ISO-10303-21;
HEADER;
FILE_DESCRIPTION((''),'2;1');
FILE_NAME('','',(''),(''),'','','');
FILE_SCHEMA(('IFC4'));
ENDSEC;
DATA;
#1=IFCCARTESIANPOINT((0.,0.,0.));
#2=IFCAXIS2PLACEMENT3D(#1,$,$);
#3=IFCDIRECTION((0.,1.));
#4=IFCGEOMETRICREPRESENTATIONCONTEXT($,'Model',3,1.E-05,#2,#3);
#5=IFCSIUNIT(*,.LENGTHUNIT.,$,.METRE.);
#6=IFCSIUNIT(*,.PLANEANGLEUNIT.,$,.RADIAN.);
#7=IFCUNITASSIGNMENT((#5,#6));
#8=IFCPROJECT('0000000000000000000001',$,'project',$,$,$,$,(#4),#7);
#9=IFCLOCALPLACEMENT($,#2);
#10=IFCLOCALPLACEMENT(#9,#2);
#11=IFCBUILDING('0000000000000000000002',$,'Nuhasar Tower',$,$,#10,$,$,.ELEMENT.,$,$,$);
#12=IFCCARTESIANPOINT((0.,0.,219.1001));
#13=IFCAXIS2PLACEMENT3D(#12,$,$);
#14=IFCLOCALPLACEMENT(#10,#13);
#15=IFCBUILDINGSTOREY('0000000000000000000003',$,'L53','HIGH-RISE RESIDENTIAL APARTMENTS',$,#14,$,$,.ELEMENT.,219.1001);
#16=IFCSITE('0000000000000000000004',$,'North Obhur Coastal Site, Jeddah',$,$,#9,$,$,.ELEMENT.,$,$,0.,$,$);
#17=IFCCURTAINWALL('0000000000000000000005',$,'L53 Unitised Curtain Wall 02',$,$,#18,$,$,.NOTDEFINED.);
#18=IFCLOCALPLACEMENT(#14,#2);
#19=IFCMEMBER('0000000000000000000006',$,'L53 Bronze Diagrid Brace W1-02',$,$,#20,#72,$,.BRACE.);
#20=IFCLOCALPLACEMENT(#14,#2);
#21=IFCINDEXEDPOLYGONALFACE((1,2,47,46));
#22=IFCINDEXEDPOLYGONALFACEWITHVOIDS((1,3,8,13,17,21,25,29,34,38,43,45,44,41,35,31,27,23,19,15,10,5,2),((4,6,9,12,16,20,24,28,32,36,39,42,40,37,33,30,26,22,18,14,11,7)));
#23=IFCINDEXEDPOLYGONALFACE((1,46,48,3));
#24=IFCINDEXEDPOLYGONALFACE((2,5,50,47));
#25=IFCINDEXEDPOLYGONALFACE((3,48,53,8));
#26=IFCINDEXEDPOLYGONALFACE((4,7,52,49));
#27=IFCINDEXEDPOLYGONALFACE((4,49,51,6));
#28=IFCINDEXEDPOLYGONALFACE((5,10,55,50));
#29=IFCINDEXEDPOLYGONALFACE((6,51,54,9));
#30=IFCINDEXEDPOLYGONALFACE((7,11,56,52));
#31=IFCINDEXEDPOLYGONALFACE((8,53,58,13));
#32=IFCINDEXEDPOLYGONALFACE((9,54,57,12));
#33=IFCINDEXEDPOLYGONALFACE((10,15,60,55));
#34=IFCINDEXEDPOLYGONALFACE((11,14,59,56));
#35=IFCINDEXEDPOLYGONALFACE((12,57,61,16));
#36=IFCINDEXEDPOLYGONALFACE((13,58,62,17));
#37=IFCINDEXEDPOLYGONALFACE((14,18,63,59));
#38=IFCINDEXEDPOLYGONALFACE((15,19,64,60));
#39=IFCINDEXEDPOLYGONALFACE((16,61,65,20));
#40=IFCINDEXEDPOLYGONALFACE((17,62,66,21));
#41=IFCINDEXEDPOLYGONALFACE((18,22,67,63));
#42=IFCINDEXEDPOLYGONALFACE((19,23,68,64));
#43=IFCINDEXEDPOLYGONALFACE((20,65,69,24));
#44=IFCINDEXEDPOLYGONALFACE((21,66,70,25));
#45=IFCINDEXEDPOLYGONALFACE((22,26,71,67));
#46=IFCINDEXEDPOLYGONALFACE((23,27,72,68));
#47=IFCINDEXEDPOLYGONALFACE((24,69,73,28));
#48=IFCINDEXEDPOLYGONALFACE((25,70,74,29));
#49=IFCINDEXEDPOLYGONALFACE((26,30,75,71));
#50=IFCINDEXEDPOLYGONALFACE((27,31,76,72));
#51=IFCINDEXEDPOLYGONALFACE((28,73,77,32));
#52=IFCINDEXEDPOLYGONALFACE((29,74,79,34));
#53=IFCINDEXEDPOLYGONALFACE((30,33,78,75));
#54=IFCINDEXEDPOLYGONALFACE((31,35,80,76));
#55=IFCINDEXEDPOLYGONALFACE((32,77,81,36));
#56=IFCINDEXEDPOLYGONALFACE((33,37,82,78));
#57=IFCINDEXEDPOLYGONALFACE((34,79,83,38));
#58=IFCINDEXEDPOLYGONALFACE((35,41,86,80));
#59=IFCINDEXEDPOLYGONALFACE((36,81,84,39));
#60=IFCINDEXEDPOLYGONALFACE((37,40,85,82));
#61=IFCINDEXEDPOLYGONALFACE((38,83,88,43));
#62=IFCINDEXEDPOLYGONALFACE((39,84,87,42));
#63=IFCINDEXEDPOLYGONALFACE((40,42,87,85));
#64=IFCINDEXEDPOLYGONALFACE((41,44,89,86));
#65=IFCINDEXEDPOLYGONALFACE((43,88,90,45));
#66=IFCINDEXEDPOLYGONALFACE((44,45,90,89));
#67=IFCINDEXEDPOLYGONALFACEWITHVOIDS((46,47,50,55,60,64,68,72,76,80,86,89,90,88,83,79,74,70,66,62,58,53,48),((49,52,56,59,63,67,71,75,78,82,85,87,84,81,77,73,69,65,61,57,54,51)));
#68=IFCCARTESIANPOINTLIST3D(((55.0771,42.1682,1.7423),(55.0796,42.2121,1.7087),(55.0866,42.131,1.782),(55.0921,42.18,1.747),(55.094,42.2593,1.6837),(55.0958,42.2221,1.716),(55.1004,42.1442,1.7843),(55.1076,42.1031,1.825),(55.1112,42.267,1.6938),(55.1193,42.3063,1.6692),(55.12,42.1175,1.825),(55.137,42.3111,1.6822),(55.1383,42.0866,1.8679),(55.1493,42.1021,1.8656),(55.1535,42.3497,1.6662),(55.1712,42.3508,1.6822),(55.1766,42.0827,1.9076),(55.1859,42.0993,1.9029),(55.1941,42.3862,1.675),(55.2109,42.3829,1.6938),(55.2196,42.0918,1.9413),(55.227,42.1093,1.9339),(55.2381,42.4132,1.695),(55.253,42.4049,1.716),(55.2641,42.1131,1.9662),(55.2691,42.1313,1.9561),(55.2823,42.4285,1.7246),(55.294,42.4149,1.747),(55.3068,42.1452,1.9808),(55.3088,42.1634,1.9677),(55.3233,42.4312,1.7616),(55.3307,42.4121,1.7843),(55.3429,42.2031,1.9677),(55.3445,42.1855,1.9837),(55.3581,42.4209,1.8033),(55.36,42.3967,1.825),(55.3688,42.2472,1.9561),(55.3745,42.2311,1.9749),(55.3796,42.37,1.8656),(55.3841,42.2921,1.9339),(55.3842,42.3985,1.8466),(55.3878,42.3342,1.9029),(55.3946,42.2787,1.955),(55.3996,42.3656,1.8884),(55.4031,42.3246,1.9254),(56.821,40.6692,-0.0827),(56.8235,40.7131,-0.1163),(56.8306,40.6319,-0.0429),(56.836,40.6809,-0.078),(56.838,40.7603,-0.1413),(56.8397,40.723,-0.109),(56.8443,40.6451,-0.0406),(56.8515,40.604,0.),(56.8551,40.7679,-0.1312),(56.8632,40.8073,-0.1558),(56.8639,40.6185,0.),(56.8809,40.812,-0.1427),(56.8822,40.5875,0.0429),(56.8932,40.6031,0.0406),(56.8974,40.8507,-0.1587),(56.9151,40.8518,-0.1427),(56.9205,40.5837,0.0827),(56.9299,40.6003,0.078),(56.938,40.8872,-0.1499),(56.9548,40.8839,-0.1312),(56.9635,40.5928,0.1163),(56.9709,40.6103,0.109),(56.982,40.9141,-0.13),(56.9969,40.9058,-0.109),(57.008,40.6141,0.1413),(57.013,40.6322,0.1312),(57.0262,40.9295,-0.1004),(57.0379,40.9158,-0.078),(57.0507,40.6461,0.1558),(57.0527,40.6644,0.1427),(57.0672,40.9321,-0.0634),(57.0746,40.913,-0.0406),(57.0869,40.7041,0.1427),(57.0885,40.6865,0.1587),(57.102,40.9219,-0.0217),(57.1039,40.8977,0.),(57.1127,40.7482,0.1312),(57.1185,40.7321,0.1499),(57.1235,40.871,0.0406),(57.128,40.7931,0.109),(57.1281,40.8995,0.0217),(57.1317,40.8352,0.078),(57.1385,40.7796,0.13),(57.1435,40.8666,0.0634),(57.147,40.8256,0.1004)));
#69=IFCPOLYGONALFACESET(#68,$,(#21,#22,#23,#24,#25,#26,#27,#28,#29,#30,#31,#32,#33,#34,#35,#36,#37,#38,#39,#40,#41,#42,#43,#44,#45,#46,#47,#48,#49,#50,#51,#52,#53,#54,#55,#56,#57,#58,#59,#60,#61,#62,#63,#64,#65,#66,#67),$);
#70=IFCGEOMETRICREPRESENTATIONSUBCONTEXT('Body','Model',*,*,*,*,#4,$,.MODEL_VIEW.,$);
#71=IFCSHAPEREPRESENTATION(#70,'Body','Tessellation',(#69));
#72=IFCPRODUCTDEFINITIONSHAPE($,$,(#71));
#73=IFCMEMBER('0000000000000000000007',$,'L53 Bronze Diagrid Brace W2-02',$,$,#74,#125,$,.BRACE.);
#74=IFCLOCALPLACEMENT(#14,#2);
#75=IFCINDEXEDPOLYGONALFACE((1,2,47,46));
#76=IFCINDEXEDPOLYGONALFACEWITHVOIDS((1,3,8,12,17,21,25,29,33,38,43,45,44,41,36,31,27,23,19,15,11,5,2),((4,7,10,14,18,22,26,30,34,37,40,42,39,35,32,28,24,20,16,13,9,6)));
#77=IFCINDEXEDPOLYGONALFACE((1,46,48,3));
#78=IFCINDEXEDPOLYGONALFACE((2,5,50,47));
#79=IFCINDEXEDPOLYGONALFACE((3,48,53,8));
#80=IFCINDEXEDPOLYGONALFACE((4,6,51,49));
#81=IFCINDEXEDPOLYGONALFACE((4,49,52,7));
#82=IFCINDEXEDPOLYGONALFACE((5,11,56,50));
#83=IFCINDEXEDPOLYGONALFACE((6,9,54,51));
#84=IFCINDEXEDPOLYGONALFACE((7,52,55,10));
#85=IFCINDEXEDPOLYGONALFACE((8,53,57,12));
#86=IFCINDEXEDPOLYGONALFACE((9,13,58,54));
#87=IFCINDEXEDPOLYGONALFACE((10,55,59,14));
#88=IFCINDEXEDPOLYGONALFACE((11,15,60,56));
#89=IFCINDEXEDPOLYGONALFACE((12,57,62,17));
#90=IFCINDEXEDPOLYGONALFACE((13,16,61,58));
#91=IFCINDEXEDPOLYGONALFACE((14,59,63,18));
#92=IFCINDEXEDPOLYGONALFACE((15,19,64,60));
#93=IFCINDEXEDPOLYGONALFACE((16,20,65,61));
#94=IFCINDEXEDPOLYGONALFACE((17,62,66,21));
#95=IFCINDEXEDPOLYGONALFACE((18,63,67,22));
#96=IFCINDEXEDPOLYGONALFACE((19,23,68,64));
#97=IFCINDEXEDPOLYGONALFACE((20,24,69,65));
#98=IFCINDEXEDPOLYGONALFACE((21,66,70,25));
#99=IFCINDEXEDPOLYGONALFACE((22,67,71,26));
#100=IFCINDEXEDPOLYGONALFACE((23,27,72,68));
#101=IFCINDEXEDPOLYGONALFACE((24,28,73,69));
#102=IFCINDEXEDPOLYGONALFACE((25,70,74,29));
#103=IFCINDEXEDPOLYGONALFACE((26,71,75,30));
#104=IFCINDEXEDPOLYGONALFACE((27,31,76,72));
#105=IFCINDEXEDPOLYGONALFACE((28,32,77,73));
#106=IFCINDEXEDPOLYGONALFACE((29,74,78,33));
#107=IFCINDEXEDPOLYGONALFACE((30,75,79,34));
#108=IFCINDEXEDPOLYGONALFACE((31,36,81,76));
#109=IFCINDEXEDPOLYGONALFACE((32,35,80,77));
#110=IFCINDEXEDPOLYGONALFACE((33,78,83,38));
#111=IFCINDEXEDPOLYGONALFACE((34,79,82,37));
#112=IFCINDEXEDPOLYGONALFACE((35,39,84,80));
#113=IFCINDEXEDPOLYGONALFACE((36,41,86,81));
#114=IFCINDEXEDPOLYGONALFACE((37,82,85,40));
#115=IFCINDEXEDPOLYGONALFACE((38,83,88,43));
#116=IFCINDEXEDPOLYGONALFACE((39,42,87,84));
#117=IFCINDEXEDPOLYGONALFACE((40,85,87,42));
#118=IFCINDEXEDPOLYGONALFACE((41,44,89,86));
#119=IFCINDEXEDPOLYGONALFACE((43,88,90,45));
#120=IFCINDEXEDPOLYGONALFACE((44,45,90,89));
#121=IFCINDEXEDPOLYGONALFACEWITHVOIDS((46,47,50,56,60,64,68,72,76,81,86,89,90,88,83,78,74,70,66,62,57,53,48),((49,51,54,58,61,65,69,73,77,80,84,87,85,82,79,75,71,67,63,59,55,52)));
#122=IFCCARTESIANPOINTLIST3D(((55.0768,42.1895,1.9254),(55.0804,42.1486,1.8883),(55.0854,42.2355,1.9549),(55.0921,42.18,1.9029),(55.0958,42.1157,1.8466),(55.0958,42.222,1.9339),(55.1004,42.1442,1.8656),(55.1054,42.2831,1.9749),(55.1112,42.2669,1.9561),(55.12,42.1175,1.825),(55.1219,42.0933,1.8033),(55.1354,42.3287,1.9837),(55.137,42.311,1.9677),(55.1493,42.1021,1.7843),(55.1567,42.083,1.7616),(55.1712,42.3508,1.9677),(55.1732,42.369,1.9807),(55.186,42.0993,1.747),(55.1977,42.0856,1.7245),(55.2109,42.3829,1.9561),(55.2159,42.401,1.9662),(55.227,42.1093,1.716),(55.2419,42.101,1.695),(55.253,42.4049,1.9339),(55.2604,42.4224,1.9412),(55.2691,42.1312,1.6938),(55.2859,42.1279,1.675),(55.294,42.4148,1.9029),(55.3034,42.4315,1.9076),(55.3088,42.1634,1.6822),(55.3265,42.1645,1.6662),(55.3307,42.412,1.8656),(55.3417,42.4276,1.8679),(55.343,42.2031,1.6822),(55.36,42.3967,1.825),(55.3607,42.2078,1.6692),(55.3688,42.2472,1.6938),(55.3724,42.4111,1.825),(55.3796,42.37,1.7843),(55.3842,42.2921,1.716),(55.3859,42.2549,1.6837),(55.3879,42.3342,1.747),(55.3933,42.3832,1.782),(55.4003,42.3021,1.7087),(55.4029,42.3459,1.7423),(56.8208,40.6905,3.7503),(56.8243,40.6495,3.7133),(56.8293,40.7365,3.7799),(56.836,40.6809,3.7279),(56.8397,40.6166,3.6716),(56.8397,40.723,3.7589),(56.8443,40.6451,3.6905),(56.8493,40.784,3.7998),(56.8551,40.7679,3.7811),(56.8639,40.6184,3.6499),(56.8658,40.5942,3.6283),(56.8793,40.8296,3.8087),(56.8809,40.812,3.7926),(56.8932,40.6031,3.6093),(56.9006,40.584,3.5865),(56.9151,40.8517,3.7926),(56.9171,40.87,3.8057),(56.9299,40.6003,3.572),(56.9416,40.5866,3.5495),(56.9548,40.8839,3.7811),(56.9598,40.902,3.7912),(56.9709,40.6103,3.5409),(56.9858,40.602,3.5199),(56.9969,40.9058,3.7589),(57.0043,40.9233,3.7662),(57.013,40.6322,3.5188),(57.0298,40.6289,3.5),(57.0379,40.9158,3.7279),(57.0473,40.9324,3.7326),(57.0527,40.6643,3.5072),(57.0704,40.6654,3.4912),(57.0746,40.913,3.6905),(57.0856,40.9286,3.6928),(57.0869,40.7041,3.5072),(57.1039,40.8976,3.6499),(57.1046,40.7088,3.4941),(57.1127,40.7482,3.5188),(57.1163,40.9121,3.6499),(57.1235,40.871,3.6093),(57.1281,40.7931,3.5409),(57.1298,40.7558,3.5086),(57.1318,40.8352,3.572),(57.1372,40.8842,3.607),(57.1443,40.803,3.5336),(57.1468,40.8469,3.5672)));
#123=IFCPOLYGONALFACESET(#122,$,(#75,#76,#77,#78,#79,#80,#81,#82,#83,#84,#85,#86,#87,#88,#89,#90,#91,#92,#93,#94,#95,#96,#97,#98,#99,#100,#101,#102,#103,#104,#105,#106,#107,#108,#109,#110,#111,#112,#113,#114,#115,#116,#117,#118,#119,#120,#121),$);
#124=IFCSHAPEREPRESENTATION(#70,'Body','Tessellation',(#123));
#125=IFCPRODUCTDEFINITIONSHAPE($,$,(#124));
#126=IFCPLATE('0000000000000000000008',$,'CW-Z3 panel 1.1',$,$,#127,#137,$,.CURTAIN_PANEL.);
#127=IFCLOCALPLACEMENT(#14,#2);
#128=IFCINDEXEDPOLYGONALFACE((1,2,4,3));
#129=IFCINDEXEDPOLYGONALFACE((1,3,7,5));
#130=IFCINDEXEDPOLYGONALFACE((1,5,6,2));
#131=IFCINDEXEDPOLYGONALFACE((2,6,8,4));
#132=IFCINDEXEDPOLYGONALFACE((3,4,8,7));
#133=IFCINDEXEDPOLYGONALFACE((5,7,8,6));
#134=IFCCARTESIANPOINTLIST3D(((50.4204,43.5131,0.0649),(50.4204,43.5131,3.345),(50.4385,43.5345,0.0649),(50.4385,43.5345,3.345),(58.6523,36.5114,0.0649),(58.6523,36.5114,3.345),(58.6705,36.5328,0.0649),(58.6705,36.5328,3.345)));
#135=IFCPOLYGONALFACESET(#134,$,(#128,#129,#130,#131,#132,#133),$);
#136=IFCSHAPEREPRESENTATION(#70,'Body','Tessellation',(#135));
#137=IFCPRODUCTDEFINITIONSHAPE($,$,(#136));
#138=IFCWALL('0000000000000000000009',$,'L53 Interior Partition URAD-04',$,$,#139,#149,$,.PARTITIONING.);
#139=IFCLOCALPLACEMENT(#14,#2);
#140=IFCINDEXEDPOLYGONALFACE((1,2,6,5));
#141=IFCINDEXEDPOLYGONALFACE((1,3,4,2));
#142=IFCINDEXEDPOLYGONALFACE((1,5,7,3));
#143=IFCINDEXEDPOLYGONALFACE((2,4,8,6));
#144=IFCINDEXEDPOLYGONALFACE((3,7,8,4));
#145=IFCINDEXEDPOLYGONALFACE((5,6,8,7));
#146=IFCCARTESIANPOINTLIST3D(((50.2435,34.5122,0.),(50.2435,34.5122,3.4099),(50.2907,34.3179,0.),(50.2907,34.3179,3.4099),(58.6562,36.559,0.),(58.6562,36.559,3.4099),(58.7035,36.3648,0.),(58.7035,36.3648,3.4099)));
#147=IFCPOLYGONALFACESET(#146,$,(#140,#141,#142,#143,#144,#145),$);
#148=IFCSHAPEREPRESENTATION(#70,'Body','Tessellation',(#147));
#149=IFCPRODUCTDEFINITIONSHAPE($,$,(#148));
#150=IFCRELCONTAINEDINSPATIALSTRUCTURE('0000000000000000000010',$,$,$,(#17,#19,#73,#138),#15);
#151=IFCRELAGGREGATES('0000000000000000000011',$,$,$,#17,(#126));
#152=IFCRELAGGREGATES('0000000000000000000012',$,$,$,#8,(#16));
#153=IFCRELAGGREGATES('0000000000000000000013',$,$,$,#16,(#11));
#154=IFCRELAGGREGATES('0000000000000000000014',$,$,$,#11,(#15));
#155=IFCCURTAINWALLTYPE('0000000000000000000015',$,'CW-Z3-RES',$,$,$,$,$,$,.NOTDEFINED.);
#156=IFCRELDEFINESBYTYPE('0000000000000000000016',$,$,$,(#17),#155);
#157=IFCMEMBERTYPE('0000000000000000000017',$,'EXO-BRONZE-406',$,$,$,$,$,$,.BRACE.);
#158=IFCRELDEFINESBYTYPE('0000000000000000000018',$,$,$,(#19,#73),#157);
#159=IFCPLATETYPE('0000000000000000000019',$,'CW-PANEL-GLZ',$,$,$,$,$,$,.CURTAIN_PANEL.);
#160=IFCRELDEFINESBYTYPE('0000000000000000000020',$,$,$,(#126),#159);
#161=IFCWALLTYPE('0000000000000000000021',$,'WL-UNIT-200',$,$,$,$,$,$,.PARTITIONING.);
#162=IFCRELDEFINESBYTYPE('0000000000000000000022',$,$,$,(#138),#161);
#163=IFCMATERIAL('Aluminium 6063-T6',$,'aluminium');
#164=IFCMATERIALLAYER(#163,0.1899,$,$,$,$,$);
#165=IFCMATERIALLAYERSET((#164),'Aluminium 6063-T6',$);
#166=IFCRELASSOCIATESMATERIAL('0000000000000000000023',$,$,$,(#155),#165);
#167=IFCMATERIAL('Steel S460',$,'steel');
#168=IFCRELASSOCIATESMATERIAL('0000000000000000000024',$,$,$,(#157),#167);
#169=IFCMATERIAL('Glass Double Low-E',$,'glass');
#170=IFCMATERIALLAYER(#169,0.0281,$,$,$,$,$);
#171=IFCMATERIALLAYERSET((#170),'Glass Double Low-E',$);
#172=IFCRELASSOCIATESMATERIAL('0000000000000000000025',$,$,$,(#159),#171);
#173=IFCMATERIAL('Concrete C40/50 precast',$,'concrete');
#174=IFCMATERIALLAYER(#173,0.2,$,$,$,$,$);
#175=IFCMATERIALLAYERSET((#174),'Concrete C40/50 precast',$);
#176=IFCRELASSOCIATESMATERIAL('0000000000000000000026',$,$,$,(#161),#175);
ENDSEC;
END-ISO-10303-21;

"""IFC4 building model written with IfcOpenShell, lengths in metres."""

from ifc_helpers import new_model, si_unit, direction, frame, frame_2d, origin, origin_2d, place, context, subcontext, project, spatial, rectangle, hollow_circle, extrude, material, layer, layer_set, material_profile, profile_set, type_object, element, aggregate, save


model = new_model("IFC4")

# Units and contexts
model_context = context("Model", 3, precision=1e-05, world=origin(), true_north=direction((0.0, 1.0)))
body_context = subcontext(model_context, "Body", "Model", "MODEL_VIEW")
ifc_project = project(units=[si_unit("LENGTHUNIT", "METRE"), si_unit("PLANEANGLEUNIT", "RADIAN")], contexts=[model_context])

# Site, building, storey
site_placement = place(None, origin())
site = spatial("IfcSite", under=ifc_project, at=site_placement, Name="North Obhur Coastal Site, Jeddah", CompositionType="ELEMENT", RefElevation=0.0)
building_placement = place(site_placement, origin())
building = spatial("IfcBuilding", under=site, at=building_placement, Name="Nuhasar Tower", CompositionType="ELEMENT")
storey_placement = place(building_placement, frame((0.0, 0.0, 219.1001)))
storey = spatial("IfcBuildingStorey", under=building, at=storey_placement, Name="L53", Description="HIGH-RISE RESIDENTIAL APARTMENTS", CompositionType="ELEMENT", Elevation=219.1001)

# Shared definitions
ifc_material_1 = material(Name="Aluminium 6063-T6", Category="aluminium")
ifc_layer_1 = layer(ifc_material_1, 0.1899)
ifc_layer_set_1 = layer_set([ifc_layer_1], Name="Aluminium 6063-T6")
curtain_wall_type = type_object("IfcCurtainWallType", Name="CW-Z3-RES", PredefinedType="NOTDEFINED", material=ifc_layer_set_1)

# Curtain wall
curtain_wall_1_placement = place(storey_placement, origin())
curtain_wall_1 = element("IfcCurtainWall", 1, at=curtain_wall_1_placement, inside=storey, type_object=curtain_wall_type, Name="L53 Unitised Curtain Wall 02", PredefinedType="NOTDEFINED")

# Members
ifc_material_2 = material(Name="Steel S460", Category="steel")
ifc_material_profile_1 = material_profile(ifc_material_2, hollow_circle(Radius=0.2031, WallThickness=0.019, at=origin_2d()), Name="HSS406.4X19.1")
ifc_profile_set_1 = profile_set([ifc_material_profile_1], Name="Steel S460")
member_type_1 = type_object("IfcMemberType", Name="EXO-BRONZE-406", PredefinedType="BRACE", material=ifc_profile_set_1)
for number, where, z_axis, x_axis, name in (
    (2, (56.9839, 40.7581, 0.0), (-0.594019, 0.510608, 0.621628), (-0.651857, -0.758342, 0.0), "L53 Bronze Diagrid Brace W1-02"),
    (3, (55.24, 42.2571, 1.825), (0.594019, -0.510608, 0.621628), (0.651857, 0.758342, 0.0), "L53 Bronze Diagrid Brace W2-02"),
):
    element("IfcMember", number, at=place(storey_placement, frame(where, z_axis=z_axis, x_axis=x_axis)), inside=storey, type_object=member_type_1, Name=name, PredefinedType="BRACE", context=body_context, shape_type="SweptSolid", body=[
        extrude(hollow_circle(Radius=0.2031, WallThickness=0.019, at=origin_2d()), origin(), (0.0, 0.0, 1.0), 2.9358),
    ])

# Plate
ifc_material_3 = material(Name="Glass Double Low-E", Category="glass")
ifc_layer_2 = layer(ifc_material_3, 0.0281)
ifc_layer_set_2 = layer_set([ifc_layer_2], Name="Glass Double Low-E")
plate_type = type_object("IfcPlateType", Name="CW-PANEL-GLZ", PredefinedType="CURTAIN_PANEL", material=ifc_layer_set_2)
plate_placement = place(storey_placement, frame((54.5454, 40.0229, 0.0649), z_axis=(0.0, 0.0, 1.0), x_axis=(-0.761729, 0.647895, 0.0)))
plate = element("IfcPlate", 4, at=plate_placement, type_object=plate_type, Name="CW-Z3 panel 1.1", PredefinedType="CURTAIN_PANEL", context=body_context, shape_type="SweptSolid", body=[
    extrude(rectangle(XDim=10.8069, YDim=0.0281, at=origin_2d()), origin(), (0.0, 0.0, 1.0), 3.28),
])
aggregate(curtain_wall_1, [plate])

# Wall
ifc_material_4 = material(Name="Concrete C40/50 precast", Category="concrete")
ifc_layer_3 = layer(ifc_material_4, 0.2)
ifc_layer_set_3 = layer_set([ifc_layer_3], Name="Concrete C40/50 precast")
wall_type = type_object("IfcWallType", Name="WL-UNIT-200", PredefinedType="PARTITIONING", material=ifc_layer_set_3)
wall_placement = place(storey_placement, frame((50.2671, 34.415, 0.0), z_axis=(0.0, 0.0, 1.0), x_axis=(0.971654, 0.236407, 0.0)))
element("IfcWall", 5, at=wall_placement, inside=storey, type_object=wall_type, Name="L53 Interior Partition URAD-04", PredefinedType="PARTITIONING", context=body_context, shape_type="SweptSolid", body=[
    extrude(rectangle(XDim=8.6582, YDim=0.2, at=frame_2d((4.3291, 0.0))), origin(), (0.0, 0.0, 1.0), 3.4099),
])

save(model, "model.ifc")
